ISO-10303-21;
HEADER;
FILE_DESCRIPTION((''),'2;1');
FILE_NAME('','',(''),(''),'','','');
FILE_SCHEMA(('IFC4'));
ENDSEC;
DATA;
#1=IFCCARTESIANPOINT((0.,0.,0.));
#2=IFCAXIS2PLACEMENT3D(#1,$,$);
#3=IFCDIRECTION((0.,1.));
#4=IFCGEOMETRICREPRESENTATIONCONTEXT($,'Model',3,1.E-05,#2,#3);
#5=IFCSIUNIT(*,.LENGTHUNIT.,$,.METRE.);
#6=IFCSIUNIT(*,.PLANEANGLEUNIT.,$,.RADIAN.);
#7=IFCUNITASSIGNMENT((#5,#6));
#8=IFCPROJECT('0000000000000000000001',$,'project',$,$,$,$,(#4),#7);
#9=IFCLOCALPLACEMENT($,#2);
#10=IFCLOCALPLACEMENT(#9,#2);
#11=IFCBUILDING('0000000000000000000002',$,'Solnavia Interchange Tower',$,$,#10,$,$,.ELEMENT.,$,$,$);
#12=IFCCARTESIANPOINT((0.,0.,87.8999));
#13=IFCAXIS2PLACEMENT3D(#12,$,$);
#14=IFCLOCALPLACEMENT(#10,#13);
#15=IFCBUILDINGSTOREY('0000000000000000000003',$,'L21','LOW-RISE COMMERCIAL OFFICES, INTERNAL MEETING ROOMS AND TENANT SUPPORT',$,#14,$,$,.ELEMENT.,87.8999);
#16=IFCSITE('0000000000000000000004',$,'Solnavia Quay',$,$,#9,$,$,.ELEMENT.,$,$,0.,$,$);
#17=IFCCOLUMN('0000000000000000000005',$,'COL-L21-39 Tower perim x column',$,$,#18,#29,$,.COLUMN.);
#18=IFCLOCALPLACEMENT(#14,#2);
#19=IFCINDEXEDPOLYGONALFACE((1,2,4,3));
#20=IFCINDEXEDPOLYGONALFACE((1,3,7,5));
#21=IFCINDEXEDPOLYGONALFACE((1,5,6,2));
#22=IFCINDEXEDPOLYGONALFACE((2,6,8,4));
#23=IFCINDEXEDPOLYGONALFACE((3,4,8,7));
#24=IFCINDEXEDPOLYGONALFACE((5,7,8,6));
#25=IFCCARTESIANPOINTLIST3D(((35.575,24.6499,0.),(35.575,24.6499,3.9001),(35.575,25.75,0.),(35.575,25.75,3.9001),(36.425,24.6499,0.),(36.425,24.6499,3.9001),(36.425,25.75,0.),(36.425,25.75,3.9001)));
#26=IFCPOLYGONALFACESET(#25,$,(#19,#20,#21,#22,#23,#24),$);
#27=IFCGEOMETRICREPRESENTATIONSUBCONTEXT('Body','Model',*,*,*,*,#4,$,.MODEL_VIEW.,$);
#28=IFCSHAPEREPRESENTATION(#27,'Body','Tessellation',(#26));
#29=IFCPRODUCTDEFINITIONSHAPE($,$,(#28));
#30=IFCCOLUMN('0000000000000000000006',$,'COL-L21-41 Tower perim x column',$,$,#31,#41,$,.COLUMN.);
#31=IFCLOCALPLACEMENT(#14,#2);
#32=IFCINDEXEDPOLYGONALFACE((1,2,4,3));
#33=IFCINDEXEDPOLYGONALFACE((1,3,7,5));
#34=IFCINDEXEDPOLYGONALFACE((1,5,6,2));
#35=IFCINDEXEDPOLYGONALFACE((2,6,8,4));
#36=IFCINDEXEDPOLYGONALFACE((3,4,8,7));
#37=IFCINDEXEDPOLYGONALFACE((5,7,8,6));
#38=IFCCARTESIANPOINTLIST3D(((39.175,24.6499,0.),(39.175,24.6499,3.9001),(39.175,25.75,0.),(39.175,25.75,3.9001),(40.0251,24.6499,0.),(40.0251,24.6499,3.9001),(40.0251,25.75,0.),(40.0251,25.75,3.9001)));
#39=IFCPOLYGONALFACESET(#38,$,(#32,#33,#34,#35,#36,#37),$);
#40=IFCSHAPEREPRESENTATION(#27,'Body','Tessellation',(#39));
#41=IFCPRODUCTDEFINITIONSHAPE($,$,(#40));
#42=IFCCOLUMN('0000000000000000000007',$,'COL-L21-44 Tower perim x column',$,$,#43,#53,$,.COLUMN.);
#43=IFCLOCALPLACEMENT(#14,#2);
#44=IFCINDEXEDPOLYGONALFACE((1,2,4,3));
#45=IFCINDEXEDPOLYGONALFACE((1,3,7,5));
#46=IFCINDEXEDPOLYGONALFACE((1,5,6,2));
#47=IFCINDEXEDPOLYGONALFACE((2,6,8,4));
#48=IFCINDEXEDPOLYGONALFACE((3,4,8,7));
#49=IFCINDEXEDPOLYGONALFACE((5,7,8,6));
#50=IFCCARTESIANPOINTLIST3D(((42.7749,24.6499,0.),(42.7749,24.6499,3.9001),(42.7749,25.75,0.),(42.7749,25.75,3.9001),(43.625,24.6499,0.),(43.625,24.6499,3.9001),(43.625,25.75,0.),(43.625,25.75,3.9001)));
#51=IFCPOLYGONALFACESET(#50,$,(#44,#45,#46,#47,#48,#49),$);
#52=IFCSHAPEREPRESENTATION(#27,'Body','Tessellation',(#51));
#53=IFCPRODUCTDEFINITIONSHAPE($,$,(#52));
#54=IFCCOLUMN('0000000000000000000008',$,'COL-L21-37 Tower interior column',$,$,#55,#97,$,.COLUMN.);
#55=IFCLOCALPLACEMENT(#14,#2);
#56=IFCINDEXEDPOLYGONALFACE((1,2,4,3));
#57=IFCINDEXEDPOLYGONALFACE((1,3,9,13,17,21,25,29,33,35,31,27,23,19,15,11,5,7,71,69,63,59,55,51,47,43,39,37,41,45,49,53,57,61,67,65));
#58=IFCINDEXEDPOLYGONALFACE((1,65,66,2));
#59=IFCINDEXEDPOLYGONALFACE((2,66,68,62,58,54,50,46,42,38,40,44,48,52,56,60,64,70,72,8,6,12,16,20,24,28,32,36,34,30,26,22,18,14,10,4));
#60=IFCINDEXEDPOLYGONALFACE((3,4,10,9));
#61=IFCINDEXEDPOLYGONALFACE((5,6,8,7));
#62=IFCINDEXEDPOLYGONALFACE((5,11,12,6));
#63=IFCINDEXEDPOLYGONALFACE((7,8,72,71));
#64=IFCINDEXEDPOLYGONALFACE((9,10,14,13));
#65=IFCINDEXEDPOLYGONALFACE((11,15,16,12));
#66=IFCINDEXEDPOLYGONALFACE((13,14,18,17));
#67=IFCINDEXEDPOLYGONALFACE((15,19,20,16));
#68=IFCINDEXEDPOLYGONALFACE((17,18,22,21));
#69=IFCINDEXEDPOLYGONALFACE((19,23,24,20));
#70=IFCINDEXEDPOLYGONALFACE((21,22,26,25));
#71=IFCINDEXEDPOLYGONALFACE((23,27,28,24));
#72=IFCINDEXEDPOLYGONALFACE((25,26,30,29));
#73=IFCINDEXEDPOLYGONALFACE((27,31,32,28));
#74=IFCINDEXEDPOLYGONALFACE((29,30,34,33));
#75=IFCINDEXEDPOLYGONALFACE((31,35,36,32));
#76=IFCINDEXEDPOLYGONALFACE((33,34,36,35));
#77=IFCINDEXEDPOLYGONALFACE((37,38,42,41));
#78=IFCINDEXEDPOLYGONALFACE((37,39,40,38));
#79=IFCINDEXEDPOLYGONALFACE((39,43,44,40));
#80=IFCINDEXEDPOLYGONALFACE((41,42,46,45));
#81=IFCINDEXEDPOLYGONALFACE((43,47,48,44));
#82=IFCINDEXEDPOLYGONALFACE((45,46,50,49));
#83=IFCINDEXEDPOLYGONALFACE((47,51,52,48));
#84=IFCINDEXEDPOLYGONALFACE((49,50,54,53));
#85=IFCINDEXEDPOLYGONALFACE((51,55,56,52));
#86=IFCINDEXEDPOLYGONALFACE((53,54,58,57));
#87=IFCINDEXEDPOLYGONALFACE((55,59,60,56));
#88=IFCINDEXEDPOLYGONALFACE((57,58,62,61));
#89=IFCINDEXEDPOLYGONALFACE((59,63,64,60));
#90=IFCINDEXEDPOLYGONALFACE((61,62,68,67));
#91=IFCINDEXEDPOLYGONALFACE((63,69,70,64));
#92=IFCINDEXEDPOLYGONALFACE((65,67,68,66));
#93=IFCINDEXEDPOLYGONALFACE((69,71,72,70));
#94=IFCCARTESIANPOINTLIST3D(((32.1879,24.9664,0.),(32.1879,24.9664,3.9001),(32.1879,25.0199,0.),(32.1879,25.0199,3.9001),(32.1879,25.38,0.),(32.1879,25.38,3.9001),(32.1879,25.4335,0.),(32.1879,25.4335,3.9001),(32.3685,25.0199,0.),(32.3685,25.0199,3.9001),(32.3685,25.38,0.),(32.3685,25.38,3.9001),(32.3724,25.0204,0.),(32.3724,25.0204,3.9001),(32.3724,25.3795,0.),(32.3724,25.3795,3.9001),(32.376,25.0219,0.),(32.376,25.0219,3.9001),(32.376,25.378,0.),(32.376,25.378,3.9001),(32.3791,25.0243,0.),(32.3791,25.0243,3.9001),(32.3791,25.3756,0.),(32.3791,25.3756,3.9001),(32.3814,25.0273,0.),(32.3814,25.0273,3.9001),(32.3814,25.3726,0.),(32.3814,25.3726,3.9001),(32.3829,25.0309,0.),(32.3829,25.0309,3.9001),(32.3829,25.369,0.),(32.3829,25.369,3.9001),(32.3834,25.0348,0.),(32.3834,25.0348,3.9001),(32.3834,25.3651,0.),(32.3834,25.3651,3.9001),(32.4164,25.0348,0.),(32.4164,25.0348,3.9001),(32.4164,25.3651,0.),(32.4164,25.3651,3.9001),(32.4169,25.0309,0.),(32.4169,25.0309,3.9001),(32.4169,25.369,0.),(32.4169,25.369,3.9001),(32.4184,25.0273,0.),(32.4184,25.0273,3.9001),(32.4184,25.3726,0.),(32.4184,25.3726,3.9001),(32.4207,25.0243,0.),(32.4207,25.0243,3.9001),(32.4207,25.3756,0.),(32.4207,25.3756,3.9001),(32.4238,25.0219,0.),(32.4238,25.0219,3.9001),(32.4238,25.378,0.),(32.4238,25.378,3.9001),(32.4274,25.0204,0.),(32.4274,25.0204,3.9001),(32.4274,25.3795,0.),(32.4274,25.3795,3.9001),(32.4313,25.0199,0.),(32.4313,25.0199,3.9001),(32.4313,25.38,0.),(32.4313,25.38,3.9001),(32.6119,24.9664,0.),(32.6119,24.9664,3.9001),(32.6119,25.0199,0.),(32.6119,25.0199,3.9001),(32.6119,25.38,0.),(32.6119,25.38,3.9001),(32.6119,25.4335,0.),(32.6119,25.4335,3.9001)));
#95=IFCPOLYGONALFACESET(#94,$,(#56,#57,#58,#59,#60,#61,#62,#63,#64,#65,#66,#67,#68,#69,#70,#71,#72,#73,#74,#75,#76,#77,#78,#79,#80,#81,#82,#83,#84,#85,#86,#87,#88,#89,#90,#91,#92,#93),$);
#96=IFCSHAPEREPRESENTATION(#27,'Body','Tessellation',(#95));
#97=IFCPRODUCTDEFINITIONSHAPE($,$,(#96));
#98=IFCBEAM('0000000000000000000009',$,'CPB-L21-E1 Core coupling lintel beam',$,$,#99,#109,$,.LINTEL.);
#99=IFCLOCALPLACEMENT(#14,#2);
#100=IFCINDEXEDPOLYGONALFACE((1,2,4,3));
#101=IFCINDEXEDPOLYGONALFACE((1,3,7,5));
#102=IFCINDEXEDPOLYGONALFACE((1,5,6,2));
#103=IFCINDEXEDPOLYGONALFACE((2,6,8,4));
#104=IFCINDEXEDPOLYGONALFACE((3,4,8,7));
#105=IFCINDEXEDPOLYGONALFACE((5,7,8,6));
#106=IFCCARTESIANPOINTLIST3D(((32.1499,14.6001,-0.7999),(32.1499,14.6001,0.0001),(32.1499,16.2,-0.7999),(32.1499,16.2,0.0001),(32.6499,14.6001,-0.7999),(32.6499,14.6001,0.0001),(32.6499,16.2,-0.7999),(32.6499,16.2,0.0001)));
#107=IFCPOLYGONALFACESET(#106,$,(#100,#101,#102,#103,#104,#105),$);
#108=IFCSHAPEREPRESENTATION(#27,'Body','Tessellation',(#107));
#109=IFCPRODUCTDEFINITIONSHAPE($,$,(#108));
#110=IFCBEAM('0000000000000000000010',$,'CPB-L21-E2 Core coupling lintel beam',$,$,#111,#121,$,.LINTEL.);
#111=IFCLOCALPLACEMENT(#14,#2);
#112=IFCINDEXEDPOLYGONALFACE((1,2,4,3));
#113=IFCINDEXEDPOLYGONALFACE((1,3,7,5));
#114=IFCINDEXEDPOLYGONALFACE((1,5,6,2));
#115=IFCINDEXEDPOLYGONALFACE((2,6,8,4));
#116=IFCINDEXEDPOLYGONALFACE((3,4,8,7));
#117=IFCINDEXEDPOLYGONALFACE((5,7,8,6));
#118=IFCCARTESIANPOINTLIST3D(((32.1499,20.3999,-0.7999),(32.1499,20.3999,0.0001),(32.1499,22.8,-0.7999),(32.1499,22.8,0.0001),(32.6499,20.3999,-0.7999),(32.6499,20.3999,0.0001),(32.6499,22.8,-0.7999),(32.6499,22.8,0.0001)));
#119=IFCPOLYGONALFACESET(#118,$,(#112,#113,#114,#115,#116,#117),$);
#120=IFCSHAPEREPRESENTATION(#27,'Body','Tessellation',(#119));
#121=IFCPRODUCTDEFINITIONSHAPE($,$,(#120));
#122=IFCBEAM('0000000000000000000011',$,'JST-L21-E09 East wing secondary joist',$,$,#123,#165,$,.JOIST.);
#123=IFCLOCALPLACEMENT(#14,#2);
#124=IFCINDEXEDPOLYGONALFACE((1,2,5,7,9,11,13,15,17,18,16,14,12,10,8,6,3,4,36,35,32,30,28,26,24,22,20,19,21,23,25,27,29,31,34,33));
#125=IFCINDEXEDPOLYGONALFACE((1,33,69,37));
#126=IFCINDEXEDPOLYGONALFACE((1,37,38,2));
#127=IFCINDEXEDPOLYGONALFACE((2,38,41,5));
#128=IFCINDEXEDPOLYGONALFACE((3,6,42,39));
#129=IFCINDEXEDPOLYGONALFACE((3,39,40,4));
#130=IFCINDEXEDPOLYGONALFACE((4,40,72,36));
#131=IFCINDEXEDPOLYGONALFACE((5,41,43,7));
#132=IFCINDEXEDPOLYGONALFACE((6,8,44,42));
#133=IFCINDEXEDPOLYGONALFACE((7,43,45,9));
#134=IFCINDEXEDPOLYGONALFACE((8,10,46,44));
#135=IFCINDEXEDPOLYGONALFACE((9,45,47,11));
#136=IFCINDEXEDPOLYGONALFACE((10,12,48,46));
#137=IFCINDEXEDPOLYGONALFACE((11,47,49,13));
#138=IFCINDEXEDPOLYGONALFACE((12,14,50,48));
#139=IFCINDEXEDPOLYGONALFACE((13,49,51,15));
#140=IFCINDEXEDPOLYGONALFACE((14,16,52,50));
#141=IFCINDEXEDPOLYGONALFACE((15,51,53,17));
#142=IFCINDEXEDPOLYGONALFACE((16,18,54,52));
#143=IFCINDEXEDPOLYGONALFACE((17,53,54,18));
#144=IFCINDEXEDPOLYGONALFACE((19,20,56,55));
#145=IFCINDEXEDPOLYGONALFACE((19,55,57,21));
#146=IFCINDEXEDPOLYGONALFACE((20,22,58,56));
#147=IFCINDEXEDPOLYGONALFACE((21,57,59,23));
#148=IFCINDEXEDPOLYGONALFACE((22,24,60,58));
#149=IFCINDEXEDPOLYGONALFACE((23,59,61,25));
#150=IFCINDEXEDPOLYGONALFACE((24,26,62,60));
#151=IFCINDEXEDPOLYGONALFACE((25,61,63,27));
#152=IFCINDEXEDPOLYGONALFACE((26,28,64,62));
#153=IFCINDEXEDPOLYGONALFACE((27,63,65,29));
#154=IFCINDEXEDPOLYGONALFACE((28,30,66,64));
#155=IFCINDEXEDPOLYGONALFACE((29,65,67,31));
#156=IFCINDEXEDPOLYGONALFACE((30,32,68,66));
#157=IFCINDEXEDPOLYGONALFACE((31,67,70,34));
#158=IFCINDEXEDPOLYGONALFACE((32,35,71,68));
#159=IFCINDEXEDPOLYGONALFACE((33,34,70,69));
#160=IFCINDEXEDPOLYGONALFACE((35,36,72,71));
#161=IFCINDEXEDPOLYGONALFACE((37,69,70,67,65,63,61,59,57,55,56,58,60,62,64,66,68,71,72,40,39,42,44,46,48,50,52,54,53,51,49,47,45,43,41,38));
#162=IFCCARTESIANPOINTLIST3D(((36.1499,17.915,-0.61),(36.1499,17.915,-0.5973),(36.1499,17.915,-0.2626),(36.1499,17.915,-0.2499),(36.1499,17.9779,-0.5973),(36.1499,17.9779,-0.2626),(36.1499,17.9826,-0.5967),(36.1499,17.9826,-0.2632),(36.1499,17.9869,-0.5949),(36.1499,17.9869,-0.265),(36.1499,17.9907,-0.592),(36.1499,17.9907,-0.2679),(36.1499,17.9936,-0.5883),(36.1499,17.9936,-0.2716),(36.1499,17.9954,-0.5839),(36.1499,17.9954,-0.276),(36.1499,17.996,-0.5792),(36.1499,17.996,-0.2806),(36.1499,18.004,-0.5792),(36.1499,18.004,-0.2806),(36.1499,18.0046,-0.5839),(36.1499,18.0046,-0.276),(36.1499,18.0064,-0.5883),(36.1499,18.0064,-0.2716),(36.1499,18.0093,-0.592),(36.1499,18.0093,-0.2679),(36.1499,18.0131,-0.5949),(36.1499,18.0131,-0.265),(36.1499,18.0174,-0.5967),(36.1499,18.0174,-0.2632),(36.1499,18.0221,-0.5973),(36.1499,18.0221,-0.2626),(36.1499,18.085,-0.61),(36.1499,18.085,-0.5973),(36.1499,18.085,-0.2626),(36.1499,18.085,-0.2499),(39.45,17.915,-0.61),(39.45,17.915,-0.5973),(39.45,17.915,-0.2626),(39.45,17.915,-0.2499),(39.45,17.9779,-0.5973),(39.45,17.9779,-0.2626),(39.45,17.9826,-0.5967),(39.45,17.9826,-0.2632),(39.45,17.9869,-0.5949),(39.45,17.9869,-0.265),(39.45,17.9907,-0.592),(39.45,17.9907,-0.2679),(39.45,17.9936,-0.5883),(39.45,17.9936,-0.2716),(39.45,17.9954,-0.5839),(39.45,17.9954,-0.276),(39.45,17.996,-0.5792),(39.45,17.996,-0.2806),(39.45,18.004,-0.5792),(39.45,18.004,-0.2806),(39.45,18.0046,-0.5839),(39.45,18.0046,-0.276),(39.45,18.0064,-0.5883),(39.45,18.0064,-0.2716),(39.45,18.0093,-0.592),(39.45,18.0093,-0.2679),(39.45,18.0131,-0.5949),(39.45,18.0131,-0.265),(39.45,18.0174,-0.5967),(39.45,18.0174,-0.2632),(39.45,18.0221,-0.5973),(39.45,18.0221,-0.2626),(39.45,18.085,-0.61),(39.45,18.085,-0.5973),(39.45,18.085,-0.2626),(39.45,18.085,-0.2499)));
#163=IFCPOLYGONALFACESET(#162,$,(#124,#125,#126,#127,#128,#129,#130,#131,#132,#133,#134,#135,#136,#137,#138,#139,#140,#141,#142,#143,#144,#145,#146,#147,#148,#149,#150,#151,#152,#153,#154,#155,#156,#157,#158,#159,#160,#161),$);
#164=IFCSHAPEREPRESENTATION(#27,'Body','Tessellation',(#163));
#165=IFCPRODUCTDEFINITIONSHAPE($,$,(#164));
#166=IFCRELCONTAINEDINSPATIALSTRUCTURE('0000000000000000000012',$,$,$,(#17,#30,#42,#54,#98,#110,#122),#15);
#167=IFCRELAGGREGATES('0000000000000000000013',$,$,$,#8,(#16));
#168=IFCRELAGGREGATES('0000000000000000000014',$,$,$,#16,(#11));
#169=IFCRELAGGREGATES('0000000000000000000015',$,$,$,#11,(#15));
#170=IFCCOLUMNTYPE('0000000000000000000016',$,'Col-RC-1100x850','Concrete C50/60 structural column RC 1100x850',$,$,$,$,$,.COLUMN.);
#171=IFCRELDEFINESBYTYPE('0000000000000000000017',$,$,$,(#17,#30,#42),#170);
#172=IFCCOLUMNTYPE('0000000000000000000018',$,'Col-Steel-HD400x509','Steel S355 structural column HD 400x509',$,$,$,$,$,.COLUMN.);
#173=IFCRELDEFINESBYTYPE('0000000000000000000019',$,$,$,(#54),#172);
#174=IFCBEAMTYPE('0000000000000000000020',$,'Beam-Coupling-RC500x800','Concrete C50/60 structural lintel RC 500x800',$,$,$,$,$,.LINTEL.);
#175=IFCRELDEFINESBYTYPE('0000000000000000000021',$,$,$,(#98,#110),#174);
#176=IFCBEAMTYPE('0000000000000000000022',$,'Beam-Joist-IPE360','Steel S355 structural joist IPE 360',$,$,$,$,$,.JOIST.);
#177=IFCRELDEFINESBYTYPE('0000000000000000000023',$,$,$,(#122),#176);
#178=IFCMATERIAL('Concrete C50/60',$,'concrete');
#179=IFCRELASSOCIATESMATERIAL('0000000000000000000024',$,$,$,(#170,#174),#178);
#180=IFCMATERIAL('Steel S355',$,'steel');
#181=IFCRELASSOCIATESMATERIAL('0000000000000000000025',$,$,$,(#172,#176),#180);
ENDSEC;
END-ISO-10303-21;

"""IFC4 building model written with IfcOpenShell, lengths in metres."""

from ifc_helpers import new_model, si_unit, direction, frame, origin, origin_2d, place, context, subcontext, project, spatial, rectangle, i_section, extrude, material, material_profile, profile_set, type_object, element, save


model = new_model("IFC4")

# Units and contexts
model_context = context("Model", 3, precision=1e-05, world=origin(), true_north=direction((0.0, 1.0)))
body_context = subcontext(model_context, "Body", "Model", "MODEL_VIEW")
ifc_project = project(units=[si_unit("LENGTHUNIT", "METRE"), si_unit("PLANEANGLEUNIT", "RADIAN")], contexts=[model_context])

# Site, building, storey
site_placement = place(None, origin())
site = spatial("IfcSite", under=ifc_project, at=site_placement, Name="Solnavia Quay", CompositionType="ELEMENT", RefElevation=0.0)
building_placement = place(site_placement, origin())
building = spatial("IfcBuilding", under=site, at=building_placement, Name="Solnavia Interchange Tower", CompositionType="ELEMENT")
storey_placement = place(building_placement, frame((0.0, 0.0, 87.8999)))
storey = spatial("IfcBuildingStorey", under=building, at=storey_placement, Name="L21", Description="LOW-RISE COMMERCIAL OFFICES, INTERNAL MEETING ROOMS AND TENANT SUPPORT", CompositionType="ELEMENT", Elevation=87.8999)

# Columns
ifc_material_1 = material(Name="Concrete C50/60", Category="concrete")
ifc_material_profile_1 = material_profile(ifc_material_1, rectangle(XDim=0.8501, YDim=1.1001, at=origin_2d()), Name="RC 1100x850")
ifc_profile_set_1 = profile_set([ifc_material_profile_1], Name="Concrete C50/60")
column_type_1 = type_object("IfcColumnType", Name="Col-RC-1100x850", Description="Concrete C50/60 structural column RC 1100x850", PredefinedType="COLUMN", material=ifc_profile_set_1)
for number, where, z_axis, x_axis, name in (
    (1, (36.0, 25.2, 0.0), (0.0, 0.0, 1.0), (1.0, 0.0, 0.0), "COL-L21-39 Tower perim x column"),
    (2, (39.6001, 25.2, 0.0), (0.0, 0.0, 1.0), (1.0, 0.0, 0.0), "COL-L21-41 Tower perim x column"),
    (3, (43.2, 25.2, 0.0), (0.0, 0.0, 1.0), (1.0, 0.0, 0.0), "COL-L21-44 Tower perim x column"),
):
    element("IfcColumn", number, at=place(storey_placement, frame(where, z_axis=z_axis, x_axis=x_axis)), inside=storey, type_object=column_type_1, Name=name, PredefinedType="COLUMN", context=body_context, shape_type="SweptSolid", body=[
        extrude(rectangle(XDim=0.8501, YDim=1.1001, at=origin_2d()), origin(), (0.0, 0.0, 1.0), 3.9001),
    ])
ifc_material_2 = material(Name="Steel S355", Category="steel")
ifc_material_profile_2 = material_profile(ifc_material_2, i_section(OverallWidth=0.4241, OverallDepth=0.467, WebThickness=0.033, FlangeThickness=0.0535, FilletRadius=0.0149, at=origin_2d()), Name="HD 400x509")
ifc_profile_set_2 = profile_set([ifc_material_profile_2], Name="Steel S355")
column_type_2 = type_object("IfcColumnType", Name="Col-Steel-HD400x509", Description="Steel S355 structural column HD 400x509", PredefinedType="COLUMN", material=ifc_profile_set_2)
column_placement = place(storey_placement, frame((32.3999, 25.2, 0.0), z_axis=(0.0, 0.0, 1.0), x_axis=(1.0, 0.0, 0.0)))
element("IfcColumn", 4, at=column_placement, inside=storey, type_object=column_type_2, Name="COL-L21-37 Tower interior column", PredefinedType="COLUMN", context=body_context, shape_type="SweptSolid", body=[
    extrude(i_section(OverallWidth=0.4241, OverallDepth=0.467, WebThickness=0.033, FlangeThickness=0.0535, FilletRadius=0.0149, at=origin_2d()), origin(), (0.0, 0.0, 1.0), 3.9001),
])

# Beams
ifc_material_profile_3 = material_profile(ifc_material_1, rectangle(XDim=0.5, YDim=0.8, at=origin_2d()), Name="RC 500x800")
ifc_profile_set_3 = profile_set([ifc_material_profile_3], Name="Concrete C50/60")
beam_type_1 = type_object("IfcBeamType", Name="Beam-Coupling-RC500x800", Description="Concrete C50/60 structural lintel RC 500x800", PredefinedType="LINTEL", material=ifc_profile_set_3)
beam_1_placement = place(storey_placement, frame((32.3999, 14.6001, -0.3999), z_axis=(0.0, 1.0, 0.0), x_axis=(-1.0, 0.0, 0.0)))
element("IfcBeam", 5, at=beam_1_placement, inside=storey, type_object=beam_type_1, Name="CPB-L21-E1 Core coupling lintel beam", PredefinedType="LINTEL", context=body_context, shape_type="SweptSolid", body=[
    extrude(rectangle(XDim=0.5, YDim=0.8, at=origin_2d()), origin(), (0.0, 0.0, 1.0), 1.5999),
])
beam_2_placement = place(storey_placement, frame((32.3999, 20.3999, -0.3999), z_axis=(0.0, 1.0, 0.0), x_axis=(-1.0, 0.0, 0.0)))
element("IfcBeam", 6, at=beam_2_placement, inside=storey, type_object=beam_type_1, Name="CPB-L21-E2 Core coupling lintel beam", PredefinedType="LINTEL", context=body_context, shape_type="SweptSolid", body=[
    extrude(rectangle(XDim=0.5, YDim=0.8, at=origin_2d()), origin(), (0.0, 0.0, 1.0), 2.4001),
])
ifc_material_profile_4 = material_profile(ifc_material_2, i_section(OverallWidth=0.1699, OverallDepth=0.3601, WebThickness=0.0081, FlangeThickness=0.0127, FilletRadius=0.0181, at=origin_2d()), Name="IPE 360")
ifc_profile_set_4 = profile_set([ifc_material_profile_4], Name="Steel S355")
beam_type_2 = type_object("IfcBeamType", Name="Beam-Joist-IPE360", Description="Steel S355 structural joist IPE 360", PredefinedType="JOIST", material=ifc_profile_set_4)
beam_3_placement = place(storey_placement, frame((36.1499, 18.0, -0.4299), z_axis=(1.0, 0.0, 0.0), x_axis=(0.0, 1.0, 0.0)))
element("IfcBeam", 7, at=beam_3_placement, inside=storey, type_object=beam_type_2, Name="JST-L21-E09 East wing secondary joist", PredefinedType="JOIST", context=body_context, shape_type="SweptSolid", body=[
    extrude(i_section(OverallWidth=0.1699, OverallDepth=0.3601, WebThickness=0.0081, FlangeThickness=0.0127, FilletRadius=0.0181, at=origin_2d()), origin(), (0.0, 0.0, 1.0), 3.3),
])

save(model, "model.ifc")
